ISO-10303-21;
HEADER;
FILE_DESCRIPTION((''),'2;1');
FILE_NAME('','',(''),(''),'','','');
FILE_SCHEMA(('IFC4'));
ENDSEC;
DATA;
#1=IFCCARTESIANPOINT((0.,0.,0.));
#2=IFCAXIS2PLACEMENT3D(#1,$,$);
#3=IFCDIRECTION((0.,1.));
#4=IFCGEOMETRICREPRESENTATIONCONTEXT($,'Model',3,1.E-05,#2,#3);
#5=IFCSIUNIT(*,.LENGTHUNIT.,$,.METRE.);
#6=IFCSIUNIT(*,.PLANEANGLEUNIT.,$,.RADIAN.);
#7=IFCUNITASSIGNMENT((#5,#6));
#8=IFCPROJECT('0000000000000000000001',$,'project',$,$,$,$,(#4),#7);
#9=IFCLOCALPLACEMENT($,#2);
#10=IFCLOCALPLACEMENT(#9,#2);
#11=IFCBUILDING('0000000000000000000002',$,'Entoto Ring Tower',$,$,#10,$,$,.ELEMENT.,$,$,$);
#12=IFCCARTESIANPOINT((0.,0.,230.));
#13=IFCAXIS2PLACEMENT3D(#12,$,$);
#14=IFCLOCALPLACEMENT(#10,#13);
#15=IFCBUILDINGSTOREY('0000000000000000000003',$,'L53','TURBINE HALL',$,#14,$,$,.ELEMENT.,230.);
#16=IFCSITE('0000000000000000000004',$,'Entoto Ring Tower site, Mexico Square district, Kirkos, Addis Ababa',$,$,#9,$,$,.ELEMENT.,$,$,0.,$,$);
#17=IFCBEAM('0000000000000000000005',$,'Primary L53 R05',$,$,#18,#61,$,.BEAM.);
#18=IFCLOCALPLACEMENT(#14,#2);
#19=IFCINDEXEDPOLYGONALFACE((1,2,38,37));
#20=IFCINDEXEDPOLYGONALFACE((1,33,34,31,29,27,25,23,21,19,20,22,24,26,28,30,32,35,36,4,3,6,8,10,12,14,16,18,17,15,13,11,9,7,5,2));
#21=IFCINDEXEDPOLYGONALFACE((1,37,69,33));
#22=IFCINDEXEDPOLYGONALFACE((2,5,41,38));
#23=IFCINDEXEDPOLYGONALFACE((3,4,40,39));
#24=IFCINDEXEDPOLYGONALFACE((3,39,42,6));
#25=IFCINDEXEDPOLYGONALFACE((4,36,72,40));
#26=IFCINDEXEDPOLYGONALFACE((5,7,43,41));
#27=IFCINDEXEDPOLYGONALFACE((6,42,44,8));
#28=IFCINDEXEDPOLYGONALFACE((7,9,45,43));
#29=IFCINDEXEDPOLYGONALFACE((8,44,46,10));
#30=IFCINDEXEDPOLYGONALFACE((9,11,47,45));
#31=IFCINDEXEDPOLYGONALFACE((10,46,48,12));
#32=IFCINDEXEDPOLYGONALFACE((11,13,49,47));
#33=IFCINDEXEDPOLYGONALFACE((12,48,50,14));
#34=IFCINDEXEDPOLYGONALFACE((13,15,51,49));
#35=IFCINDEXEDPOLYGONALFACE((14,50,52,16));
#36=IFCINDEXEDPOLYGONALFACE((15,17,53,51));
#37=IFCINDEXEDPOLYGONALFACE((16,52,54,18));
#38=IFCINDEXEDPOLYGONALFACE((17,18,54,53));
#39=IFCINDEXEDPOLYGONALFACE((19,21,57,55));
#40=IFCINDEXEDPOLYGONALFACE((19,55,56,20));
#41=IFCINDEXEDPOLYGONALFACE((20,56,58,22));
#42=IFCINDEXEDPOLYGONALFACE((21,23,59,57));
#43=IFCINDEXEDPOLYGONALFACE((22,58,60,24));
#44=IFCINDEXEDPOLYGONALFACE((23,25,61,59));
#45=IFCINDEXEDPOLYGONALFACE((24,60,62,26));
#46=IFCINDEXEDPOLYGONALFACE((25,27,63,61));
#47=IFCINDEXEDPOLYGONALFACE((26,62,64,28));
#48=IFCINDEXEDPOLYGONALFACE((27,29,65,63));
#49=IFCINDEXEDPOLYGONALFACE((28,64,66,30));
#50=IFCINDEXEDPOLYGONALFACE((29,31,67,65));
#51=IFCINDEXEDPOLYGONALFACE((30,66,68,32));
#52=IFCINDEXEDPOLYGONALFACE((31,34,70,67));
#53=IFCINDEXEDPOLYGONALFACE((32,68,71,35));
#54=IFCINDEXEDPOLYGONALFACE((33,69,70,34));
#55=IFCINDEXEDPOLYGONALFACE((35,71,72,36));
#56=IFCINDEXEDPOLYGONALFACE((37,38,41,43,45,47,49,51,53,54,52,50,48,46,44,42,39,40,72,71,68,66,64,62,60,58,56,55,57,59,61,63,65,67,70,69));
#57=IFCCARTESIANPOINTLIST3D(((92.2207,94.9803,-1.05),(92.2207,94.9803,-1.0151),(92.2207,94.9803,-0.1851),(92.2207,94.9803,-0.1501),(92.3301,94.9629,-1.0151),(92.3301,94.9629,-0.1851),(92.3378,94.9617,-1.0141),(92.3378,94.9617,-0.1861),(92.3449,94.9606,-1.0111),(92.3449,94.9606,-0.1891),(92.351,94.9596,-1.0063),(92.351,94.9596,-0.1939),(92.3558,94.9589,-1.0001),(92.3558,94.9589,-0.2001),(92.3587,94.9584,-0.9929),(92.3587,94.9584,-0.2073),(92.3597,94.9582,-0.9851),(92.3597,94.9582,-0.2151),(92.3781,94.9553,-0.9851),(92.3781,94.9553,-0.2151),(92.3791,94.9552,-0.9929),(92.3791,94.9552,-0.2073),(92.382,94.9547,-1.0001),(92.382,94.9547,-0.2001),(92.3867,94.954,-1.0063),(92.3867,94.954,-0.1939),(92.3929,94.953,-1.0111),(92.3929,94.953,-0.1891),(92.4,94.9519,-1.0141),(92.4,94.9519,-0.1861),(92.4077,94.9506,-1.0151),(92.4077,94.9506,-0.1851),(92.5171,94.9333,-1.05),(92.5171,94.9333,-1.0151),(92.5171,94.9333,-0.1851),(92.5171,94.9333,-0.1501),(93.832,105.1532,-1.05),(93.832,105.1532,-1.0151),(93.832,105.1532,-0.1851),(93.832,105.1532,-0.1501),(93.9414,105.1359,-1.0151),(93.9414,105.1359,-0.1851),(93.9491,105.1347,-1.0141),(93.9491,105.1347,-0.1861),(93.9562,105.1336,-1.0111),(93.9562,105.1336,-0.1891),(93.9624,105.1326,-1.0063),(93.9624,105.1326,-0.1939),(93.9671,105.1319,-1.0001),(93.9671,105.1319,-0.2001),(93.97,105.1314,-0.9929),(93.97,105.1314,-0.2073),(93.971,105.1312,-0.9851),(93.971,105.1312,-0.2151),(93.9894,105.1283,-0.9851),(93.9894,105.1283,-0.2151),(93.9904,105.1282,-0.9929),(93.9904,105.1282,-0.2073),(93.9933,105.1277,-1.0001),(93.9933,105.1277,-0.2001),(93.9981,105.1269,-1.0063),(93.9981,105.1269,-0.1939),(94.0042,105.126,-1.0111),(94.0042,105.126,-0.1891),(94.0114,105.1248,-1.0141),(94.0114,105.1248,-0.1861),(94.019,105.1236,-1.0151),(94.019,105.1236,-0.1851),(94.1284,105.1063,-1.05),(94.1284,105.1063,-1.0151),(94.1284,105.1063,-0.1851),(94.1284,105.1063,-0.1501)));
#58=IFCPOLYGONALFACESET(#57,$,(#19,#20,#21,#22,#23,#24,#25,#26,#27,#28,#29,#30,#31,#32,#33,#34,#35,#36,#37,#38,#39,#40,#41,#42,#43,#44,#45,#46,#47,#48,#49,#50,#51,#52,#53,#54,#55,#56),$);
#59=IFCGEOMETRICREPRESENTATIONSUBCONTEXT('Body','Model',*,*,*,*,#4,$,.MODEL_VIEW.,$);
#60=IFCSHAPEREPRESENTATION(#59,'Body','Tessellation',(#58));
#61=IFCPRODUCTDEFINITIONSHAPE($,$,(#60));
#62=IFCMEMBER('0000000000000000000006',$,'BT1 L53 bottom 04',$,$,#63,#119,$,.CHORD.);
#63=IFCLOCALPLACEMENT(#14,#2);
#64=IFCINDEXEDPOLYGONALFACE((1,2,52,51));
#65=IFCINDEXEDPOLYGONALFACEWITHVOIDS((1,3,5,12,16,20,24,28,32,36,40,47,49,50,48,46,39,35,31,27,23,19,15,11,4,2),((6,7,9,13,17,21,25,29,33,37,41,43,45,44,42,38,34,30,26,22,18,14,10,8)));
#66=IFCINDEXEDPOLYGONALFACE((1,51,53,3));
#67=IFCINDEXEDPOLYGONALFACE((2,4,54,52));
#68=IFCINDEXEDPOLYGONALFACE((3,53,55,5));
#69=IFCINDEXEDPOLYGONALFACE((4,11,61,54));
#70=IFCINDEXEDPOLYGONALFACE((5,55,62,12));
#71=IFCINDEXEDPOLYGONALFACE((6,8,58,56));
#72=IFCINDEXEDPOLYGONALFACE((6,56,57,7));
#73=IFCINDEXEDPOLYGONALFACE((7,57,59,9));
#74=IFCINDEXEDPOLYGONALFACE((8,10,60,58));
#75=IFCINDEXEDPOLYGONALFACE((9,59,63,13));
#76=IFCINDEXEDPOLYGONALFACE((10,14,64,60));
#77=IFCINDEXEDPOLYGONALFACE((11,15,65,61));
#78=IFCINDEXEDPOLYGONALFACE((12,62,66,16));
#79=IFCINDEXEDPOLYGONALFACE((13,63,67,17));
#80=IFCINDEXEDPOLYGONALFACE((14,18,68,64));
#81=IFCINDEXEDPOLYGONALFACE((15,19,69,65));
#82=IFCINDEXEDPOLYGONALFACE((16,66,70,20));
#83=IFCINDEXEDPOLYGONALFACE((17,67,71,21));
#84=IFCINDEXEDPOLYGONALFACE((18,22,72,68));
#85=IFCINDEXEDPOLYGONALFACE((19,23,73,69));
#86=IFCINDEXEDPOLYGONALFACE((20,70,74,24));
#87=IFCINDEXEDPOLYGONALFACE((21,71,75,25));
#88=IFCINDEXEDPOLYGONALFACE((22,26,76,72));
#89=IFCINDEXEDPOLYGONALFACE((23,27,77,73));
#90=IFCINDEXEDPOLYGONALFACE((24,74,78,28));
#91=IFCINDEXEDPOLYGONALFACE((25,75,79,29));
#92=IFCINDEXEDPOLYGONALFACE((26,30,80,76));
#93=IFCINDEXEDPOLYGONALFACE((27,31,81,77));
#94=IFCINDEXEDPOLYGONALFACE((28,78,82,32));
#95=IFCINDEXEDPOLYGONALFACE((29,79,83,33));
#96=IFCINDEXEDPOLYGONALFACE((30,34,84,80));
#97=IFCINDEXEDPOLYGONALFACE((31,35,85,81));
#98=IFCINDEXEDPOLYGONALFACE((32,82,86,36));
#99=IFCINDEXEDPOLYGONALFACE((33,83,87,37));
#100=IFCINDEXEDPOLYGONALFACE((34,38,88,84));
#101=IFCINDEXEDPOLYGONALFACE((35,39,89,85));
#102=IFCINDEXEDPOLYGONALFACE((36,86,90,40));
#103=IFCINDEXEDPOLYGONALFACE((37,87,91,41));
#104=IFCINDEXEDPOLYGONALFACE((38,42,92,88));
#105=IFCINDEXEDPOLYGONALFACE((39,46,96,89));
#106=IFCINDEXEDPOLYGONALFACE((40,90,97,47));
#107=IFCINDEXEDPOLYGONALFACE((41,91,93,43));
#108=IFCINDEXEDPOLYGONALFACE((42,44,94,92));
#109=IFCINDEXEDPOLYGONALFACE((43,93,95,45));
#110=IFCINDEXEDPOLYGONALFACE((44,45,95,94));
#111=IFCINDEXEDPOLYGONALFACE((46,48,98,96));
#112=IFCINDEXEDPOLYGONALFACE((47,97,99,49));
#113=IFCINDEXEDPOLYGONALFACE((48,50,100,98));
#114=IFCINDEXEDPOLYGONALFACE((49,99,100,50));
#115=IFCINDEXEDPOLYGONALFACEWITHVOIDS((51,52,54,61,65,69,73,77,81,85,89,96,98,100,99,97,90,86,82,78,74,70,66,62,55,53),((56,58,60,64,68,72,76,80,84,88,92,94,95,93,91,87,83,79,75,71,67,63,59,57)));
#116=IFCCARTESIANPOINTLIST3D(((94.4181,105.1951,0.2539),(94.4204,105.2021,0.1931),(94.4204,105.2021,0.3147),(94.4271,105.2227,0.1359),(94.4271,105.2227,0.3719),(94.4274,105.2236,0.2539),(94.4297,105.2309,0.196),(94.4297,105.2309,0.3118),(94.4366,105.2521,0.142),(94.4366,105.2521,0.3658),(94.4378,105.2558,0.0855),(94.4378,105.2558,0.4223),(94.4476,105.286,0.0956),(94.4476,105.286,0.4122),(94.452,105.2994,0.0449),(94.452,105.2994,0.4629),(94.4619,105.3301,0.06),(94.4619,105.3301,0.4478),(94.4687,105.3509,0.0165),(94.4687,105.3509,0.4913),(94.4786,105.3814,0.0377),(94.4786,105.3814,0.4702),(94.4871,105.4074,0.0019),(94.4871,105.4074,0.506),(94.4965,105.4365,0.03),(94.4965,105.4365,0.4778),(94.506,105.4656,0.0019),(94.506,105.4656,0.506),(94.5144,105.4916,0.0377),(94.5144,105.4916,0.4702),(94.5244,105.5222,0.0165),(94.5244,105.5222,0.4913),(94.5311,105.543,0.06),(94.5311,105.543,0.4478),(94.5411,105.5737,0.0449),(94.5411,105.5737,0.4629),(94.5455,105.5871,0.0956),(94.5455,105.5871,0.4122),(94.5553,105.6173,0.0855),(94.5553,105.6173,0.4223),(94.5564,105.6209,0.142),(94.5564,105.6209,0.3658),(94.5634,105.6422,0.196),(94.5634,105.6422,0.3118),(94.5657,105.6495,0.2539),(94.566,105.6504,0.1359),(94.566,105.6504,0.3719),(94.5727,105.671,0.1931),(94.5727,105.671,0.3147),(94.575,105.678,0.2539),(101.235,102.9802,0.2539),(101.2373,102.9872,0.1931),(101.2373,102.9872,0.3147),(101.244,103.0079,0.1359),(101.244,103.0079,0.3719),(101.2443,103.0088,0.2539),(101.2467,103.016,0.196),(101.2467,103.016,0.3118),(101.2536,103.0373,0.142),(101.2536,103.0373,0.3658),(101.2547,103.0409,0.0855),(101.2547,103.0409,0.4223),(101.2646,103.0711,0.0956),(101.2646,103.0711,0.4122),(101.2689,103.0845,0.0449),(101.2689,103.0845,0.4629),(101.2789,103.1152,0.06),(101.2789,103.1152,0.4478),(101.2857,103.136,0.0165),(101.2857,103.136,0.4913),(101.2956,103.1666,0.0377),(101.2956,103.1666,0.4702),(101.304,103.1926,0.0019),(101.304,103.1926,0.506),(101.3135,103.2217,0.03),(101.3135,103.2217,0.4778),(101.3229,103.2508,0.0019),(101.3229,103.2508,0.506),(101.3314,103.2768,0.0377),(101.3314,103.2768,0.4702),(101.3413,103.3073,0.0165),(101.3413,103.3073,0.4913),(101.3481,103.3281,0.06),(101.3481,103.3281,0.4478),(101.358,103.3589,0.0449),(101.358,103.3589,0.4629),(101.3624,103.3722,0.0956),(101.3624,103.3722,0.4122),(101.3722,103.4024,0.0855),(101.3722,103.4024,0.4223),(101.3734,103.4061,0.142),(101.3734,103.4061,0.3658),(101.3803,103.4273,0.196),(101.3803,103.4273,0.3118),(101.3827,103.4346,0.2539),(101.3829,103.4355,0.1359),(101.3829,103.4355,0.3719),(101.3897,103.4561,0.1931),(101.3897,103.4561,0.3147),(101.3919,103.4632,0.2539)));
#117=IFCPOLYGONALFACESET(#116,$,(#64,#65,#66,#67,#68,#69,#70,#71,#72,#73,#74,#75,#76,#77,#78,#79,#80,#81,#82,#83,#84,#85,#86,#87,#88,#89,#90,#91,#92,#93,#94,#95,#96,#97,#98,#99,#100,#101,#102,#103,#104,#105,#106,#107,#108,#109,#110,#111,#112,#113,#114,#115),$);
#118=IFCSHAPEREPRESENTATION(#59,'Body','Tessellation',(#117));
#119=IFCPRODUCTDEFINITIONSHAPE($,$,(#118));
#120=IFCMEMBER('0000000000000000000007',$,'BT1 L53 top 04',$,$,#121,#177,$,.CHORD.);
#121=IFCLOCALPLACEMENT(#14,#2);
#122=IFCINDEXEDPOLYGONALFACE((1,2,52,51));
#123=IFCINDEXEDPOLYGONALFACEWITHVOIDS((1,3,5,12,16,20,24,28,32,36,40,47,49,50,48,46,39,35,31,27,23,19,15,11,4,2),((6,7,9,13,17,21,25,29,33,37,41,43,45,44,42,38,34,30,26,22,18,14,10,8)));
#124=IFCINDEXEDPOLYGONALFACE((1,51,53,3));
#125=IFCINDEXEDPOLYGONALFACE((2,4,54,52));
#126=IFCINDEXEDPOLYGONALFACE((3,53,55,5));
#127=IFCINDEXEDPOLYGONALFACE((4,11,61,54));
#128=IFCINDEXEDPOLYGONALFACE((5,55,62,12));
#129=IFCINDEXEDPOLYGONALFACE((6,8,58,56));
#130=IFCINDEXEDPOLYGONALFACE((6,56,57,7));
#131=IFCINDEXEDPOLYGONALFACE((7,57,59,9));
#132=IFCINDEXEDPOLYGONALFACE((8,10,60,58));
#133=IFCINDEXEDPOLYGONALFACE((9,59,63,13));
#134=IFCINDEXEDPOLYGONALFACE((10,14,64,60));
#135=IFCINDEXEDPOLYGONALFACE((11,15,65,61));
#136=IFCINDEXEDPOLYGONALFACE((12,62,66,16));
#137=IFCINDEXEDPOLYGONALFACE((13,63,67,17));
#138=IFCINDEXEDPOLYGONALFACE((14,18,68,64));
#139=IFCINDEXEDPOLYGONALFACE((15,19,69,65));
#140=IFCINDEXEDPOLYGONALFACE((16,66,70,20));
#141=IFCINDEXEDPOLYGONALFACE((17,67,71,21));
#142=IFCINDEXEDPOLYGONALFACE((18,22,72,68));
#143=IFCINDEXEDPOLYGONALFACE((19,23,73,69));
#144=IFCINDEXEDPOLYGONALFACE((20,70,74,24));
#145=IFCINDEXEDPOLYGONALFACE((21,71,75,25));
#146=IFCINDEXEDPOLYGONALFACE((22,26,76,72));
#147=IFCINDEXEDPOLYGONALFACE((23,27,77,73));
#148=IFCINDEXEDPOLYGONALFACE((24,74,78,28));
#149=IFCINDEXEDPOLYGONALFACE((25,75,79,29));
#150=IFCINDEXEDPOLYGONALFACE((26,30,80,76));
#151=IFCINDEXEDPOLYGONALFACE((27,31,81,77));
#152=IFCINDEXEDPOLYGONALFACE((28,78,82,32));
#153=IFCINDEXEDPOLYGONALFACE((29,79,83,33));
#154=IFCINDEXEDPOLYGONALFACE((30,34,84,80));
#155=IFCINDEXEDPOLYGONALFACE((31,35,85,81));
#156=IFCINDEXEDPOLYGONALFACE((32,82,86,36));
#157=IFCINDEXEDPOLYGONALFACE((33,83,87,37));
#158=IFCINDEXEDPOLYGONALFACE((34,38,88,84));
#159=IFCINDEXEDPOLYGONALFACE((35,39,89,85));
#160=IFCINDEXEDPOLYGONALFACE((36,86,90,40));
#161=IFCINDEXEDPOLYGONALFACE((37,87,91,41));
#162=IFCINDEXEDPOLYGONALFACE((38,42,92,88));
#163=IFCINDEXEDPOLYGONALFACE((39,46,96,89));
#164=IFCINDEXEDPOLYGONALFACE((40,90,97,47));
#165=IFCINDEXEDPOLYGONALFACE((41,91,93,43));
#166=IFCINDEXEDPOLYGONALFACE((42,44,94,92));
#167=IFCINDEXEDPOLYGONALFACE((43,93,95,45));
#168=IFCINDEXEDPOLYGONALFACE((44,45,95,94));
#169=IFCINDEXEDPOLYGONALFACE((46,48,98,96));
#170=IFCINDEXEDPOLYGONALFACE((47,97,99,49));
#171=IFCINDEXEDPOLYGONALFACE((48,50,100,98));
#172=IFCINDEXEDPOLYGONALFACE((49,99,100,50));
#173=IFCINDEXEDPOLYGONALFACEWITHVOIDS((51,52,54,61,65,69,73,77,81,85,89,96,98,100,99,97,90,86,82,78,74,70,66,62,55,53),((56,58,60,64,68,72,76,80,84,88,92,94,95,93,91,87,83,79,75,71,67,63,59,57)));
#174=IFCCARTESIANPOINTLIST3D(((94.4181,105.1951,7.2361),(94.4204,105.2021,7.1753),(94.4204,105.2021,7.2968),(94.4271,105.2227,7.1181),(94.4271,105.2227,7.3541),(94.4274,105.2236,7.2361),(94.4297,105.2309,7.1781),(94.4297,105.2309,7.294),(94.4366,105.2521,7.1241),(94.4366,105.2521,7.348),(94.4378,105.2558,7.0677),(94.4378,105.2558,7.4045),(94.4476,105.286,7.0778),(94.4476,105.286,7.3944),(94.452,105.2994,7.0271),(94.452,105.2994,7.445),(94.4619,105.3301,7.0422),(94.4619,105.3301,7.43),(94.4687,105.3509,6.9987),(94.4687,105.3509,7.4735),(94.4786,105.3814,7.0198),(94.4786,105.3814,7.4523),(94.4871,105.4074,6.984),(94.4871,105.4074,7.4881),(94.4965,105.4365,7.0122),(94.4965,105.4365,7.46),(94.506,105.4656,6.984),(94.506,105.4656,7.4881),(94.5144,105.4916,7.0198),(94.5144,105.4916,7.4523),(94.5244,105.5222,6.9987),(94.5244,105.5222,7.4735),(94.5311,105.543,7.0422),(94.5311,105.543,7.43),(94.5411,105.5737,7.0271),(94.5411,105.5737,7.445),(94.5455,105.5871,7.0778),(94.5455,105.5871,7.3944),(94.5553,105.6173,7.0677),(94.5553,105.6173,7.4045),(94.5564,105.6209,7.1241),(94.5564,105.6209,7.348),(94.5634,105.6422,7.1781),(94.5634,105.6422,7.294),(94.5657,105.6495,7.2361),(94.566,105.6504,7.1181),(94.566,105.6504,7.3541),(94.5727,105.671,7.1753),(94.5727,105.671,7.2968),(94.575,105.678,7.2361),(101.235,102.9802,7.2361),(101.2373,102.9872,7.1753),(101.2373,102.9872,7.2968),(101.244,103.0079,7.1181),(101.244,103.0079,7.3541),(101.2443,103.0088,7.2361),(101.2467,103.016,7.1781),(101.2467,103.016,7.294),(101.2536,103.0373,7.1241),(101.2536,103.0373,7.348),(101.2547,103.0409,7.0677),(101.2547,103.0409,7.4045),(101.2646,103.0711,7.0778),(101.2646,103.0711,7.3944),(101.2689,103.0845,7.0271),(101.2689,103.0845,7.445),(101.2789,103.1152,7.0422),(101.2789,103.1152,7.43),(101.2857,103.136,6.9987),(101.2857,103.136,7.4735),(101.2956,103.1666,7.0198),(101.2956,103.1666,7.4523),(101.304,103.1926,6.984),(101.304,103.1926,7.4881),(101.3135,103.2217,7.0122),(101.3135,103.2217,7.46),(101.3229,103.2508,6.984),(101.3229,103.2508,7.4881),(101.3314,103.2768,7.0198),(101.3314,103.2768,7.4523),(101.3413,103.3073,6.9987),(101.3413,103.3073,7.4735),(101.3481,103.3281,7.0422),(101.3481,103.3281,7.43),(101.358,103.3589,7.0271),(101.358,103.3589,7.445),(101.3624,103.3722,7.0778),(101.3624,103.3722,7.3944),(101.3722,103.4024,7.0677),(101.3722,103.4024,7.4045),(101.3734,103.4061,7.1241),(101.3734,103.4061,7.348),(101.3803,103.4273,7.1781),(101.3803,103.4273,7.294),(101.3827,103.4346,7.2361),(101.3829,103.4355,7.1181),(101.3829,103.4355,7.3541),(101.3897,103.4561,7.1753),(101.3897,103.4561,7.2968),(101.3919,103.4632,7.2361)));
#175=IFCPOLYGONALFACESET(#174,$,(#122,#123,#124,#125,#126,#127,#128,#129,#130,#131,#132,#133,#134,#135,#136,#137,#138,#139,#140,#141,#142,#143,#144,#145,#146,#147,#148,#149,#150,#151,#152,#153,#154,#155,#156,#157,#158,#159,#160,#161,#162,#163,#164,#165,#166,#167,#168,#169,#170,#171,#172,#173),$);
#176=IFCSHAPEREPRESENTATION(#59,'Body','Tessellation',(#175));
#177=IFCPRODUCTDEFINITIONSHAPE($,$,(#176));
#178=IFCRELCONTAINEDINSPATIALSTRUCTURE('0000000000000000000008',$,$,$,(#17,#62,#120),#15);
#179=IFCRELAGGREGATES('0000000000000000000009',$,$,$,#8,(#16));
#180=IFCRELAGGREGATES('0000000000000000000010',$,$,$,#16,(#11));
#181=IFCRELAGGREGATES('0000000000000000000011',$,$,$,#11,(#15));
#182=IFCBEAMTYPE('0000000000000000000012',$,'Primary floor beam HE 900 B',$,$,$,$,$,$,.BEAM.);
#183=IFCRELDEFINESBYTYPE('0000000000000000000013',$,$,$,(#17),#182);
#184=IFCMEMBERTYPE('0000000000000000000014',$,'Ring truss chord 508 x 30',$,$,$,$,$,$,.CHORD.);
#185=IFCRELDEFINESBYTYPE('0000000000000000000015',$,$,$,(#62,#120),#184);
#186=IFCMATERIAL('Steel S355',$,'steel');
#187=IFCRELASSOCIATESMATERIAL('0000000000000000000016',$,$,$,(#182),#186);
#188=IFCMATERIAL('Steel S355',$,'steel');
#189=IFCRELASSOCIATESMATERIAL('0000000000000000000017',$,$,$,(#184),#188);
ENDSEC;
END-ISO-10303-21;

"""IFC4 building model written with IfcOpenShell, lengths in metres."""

from ifc_helpers import new_model, si_unit, direction, frame, origin, origin_2d, place, context, subcontext, project, spatial, circle, hollow_circle, i_section, extrude, material, material_profile, profile_set, type_object, element, save


model = new_model("IFC4")

# Units and contexts
model_context = context("Model", 3, precision=1e-05, world=origin(), true_north=direction((0.0, 1.0)))
body_context = subcontext(model_context, "Body", "Model", "MODEL_VIEW")
ifc_project = project(units=[si_unit("LENGTHUNIT", "METRE"), si_unit("PLANEANGLEUNIT", "RADIAN")], contexts=[model_context])

# Site, building, storey
site_placement = place(None, origin())
site = spatial("IfcSite", under=ifc_project, at=site_placement, Name="Entoto Ring Tower site, Mexico Square district, Kirkos, Addis Ababa", CompositionType="ELEMENT", RefElevation=0.0)
building_placement = place(site_placement, origin())
building = spatial("IfcBuilding", under=site, at=building_placement, Name="Entoto Ring Tower", CompositionType="ELEMENT")
storey_placement = place(building_placement, frame((0.0, 0.0, 230.0)))
storey = spatial("IfcBuildingStorey", under=building, at=storey_placement, Name="L53", Description="TURBINE HALL", CompositionType="ELEMENT", Elevation=230.0)

# Beam
ifc_material_1 = material(Name="Steel S355", Category="steel")
ifc_material_profile_1 = material_profile(ifc_material_1, i_section(OverallWidth=0.3, OverallDepth=0.8999, WebThickness=0.0186, FlangeThickness=0.0349, FilletRadius=0.03, at=origin_2d()), Name="HE 900 B")
ifc_profile_set_1 = profile_set([ifc_material_profile_1], Name="Steel S355")
beam_type_1 = type_object("IfcBeamType", Name="Primary floor beam HE 900 B", PredefinedType="BEAM", material=ifc_profile_set_1)
beam_1_placement = place(storey_placement, frame((92.3689, 94.9568, -0.6001), z_axis=(0.156441, 0.987687, 0.0), x_axis=(-0.987687, 0.156441, 0.0)))
element("IfcBeam", 1, at=beam_1_placement, inside=storey, type_object=beam_type_1, Name="Primary L53 R05", PredefinedType="BEAM", context=body_context, shape_type="SweptSolid", body=[
    extrude(i_section(OverallWidth=0.3, OverallDepth=0.8999, WebThickness=0.0186, FlangeThickness=0.0349, FilletRadius=0.03, at=origin_2d()), origin(), (0.0, 0.0, 1.0), 10.2998),
])

# Members
ifc_material_2 = material(Name="Steel S355", Category="steel")
ifc_material_profile_2 = material_profile(ifc_material_2, hollow_circle(Radius=0.2539, WallThickness=0.03, at=origin_2d()), Name="CHS 508 x 30")
ifc_material_3 = material(Name="Concrete C60/75", Category="concrete")
ifc_material_profile_3 = material_profile(ifc_material_3, circle(Radius=0.2241, at=origin_2d()), Name="Concrete C60/75 infill")
ifc_profile_set_2 = profile_set([ifc_material_profile_2, ifc_material_profile_3], Name="Steel S355")
member_type_1 = type_object("IfcMemberType", Name="Ring truss chord 508 x 30", PredefinedType="CHORD", material=ifc_profile_set_2)
for number, where, z_axis, x_axis, name in (
    (2, (101.3135, 103.2217, 0.2539), (-0.951061, 0.309004, 0.0), (-0.309004, -0.951061, 0.0), "BT1 L53 bottom 04"),
    (3, (101.3135, 103.2217, 7.2361), (-0.951061, 0.309004, 0.0), (-0.309004, -0.951061, 0.0), "BT1 L53 top 04"),
):
    element("IfcMember", number, at=place(storey_placement, frame(where, z_axis=z_axis, x_axis=x_axis)), inside=storey, type_object=member_type_1, Name=name, PredefinedType="CHORD", context=body_context, shape_type="SweptSolid", body=[
        extrude(hollow_circle(Radius=0.2539, WallThickness=0.03, at=origin_2d()), origin(), (0.0, 0.0, 1.0), 7.1677),
    ])

save(model, "model.ifc")
